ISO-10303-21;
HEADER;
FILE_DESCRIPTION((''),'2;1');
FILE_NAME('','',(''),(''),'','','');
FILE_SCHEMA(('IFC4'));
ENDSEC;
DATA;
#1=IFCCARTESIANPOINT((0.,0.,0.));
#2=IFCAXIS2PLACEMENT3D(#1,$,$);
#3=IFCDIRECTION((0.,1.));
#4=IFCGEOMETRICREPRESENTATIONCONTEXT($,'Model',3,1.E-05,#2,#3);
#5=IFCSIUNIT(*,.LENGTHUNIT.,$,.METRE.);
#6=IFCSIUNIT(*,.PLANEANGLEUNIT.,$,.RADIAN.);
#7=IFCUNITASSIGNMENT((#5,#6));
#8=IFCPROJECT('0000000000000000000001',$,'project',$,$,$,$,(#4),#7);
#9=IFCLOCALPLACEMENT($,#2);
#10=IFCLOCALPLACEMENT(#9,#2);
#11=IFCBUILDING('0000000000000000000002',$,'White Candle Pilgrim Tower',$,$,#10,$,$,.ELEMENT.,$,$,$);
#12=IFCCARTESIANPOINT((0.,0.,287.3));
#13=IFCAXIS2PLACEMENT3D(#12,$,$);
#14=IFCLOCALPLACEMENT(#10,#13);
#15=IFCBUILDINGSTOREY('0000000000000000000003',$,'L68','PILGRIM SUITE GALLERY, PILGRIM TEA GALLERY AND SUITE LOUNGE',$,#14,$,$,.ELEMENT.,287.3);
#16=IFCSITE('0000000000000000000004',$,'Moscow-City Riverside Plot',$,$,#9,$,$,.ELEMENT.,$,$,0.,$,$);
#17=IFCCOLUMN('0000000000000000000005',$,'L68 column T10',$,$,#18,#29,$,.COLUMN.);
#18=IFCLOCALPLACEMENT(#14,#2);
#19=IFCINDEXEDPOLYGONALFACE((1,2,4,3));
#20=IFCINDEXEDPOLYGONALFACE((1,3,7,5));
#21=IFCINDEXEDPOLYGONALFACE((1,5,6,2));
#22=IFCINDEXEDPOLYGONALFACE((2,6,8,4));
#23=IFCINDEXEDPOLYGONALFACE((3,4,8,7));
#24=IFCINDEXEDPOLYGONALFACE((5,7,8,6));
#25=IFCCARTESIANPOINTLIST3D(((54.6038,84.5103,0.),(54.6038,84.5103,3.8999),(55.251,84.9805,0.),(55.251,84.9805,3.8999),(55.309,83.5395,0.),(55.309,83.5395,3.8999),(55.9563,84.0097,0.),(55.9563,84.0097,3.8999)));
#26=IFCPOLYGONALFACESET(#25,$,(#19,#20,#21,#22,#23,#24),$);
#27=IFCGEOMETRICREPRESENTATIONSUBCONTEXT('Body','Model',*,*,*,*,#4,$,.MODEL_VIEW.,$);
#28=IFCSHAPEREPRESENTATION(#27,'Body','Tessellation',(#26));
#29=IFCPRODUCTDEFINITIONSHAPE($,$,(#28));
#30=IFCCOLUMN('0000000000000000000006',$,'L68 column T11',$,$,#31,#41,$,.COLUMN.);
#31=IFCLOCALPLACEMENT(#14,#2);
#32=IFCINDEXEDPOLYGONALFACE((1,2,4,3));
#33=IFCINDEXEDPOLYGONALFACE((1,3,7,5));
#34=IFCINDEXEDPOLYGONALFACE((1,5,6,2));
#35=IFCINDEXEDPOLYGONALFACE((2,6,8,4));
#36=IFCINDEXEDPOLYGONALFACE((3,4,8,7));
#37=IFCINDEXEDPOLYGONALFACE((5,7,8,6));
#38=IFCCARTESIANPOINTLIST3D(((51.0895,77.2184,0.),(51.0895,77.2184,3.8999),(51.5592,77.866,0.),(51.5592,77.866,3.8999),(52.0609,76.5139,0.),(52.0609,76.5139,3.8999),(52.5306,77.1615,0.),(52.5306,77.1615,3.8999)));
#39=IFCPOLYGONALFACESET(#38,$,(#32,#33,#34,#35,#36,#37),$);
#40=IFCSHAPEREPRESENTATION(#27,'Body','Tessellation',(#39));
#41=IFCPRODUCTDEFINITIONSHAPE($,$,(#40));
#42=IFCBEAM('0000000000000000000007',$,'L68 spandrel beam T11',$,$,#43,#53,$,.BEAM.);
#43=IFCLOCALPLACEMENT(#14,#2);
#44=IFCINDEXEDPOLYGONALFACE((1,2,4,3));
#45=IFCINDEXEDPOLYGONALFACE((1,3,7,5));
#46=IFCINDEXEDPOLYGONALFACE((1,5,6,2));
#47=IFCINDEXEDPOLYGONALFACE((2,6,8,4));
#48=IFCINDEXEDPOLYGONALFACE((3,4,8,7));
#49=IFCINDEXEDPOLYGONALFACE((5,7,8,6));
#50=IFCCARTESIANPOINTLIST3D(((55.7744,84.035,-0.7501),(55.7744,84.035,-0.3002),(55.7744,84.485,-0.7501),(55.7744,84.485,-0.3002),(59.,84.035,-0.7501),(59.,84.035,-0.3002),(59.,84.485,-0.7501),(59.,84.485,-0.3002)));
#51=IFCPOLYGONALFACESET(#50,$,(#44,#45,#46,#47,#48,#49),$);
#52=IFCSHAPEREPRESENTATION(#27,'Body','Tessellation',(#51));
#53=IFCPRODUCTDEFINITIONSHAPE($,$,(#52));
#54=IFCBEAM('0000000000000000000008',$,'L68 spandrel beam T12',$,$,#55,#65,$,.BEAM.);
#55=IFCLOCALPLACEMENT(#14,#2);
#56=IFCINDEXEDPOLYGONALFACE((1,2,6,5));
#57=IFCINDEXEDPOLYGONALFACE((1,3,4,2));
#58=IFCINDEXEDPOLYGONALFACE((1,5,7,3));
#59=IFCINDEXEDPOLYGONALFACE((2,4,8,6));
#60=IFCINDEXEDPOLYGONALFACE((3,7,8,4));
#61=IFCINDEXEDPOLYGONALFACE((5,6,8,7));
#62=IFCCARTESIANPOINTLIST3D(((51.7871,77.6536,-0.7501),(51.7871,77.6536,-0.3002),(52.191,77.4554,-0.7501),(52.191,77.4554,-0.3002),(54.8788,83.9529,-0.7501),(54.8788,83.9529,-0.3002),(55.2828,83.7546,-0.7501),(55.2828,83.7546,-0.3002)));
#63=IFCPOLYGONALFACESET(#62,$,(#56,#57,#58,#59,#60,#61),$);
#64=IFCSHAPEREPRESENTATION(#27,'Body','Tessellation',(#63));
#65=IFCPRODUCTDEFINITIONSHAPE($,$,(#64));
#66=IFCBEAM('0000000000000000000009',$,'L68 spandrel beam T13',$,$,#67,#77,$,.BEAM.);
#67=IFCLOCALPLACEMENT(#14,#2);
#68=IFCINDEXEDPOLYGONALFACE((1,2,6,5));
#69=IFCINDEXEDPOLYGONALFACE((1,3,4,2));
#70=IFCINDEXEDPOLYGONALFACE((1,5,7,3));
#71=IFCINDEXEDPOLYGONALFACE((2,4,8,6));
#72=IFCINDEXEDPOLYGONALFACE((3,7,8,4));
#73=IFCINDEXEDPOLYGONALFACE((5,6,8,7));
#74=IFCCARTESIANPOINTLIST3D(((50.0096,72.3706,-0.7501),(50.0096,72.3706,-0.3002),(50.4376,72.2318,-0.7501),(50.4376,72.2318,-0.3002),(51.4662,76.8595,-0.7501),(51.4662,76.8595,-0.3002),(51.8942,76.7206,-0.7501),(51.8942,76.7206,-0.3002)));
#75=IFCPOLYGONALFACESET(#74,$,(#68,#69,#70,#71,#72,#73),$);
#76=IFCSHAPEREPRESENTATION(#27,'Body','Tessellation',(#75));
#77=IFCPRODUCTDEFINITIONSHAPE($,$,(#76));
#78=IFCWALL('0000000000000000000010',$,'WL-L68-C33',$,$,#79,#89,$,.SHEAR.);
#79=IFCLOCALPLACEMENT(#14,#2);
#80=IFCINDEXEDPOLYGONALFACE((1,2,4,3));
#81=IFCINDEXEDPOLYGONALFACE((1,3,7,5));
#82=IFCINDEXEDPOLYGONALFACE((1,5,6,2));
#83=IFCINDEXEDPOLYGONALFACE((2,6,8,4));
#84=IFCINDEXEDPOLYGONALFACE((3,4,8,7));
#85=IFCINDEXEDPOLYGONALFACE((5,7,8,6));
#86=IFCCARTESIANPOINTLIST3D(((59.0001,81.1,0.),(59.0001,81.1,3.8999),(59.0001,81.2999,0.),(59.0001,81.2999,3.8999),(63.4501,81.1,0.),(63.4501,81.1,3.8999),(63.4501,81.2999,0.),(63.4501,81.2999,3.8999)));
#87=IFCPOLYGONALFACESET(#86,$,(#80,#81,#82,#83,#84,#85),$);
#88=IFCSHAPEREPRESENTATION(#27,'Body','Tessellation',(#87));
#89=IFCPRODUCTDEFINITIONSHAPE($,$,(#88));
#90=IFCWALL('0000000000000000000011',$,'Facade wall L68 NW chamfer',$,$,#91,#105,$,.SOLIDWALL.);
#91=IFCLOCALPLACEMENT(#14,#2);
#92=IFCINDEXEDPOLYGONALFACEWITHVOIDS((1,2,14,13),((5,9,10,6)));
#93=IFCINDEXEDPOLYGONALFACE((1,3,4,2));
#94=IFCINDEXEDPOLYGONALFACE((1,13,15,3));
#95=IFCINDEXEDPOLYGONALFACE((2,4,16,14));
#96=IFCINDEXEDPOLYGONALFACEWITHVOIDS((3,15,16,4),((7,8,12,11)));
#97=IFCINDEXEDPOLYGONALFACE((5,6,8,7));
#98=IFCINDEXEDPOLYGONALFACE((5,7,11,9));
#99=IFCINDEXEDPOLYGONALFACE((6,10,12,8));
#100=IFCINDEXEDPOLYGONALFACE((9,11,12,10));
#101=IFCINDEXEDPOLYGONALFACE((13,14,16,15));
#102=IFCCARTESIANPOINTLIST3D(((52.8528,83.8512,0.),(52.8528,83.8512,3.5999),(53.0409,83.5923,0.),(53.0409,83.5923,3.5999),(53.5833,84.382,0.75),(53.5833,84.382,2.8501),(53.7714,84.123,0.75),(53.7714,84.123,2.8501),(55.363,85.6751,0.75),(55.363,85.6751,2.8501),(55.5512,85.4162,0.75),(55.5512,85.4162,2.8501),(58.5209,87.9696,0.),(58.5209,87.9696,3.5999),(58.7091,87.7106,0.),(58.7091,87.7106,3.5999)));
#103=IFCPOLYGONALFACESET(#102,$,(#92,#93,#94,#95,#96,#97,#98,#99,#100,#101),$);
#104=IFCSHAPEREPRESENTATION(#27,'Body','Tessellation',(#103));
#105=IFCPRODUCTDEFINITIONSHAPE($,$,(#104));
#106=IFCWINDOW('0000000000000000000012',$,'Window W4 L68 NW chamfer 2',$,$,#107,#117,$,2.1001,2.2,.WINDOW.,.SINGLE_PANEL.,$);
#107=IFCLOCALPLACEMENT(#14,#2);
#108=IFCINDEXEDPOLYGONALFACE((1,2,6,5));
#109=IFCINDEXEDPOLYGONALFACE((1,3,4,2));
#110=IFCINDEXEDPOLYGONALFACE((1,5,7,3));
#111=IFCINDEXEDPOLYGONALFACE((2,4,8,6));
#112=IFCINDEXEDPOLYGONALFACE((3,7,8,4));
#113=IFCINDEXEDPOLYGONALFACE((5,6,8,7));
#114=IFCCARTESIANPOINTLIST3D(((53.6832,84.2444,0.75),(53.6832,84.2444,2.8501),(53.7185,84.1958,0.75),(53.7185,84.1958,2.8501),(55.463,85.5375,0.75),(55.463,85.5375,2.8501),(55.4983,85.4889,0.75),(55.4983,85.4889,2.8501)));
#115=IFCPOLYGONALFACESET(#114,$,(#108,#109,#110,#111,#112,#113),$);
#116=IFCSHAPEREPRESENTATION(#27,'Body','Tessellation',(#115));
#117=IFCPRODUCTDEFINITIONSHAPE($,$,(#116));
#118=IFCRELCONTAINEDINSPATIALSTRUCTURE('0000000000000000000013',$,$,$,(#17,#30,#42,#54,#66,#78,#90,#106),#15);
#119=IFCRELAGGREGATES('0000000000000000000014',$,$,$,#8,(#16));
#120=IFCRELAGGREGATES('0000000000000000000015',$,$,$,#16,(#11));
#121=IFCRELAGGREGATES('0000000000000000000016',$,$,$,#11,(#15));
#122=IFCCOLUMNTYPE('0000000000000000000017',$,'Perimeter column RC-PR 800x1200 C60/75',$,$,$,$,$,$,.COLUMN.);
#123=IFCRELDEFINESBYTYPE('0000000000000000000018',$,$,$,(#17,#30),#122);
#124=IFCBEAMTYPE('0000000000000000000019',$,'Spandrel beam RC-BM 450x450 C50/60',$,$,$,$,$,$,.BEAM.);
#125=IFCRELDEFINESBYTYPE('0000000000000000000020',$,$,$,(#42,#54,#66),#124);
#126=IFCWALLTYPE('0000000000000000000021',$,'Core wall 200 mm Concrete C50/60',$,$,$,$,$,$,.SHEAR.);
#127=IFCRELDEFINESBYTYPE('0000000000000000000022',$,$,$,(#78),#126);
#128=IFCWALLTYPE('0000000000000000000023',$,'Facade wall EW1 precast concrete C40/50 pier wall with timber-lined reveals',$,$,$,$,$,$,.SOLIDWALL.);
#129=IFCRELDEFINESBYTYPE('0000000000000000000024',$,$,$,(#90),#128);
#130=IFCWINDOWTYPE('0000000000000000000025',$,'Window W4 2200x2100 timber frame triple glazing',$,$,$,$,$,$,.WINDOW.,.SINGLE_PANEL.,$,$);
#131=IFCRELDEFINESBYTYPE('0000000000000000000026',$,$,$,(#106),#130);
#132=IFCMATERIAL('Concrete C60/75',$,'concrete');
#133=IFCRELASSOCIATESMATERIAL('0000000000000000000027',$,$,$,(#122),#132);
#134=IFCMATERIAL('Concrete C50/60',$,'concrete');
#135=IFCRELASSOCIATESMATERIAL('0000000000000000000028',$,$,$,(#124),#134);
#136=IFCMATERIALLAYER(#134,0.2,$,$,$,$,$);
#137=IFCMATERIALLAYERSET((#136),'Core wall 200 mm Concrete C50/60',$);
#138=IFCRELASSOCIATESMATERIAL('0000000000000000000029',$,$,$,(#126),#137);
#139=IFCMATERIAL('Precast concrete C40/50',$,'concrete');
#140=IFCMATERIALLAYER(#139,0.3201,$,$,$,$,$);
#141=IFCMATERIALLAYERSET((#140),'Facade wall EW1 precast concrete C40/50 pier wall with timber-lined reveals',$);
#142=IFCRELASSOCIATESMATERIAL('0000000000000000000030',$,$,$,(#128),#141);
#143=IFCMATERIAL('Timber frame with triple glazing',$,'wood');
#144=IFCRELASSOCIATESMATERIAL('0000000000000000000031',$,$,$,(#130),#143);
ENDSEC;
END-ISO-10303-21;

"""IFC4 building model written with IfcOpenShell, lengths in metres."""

from ifc_helpers import new_model, si_unit, direction, frame, frame_2d, origin, origin_2d, place, context, subcontext, project, spatial, rectangle, extrude, material, layer, layer_set, material_profile, profile_set, type_object, element, fill, save


model = new_model("IFC4")

# Units and contexts
model_context = context("Model", 3, precision=1e-05, world=origin(), true_north=direction((0.0, 1.0)))
body_context = subcontext(model_context, "Body", "Model", "MODEL_VIEW")
ifc_project = project(units=[si_unit("LENGTHUNIT", "METRE"), si_unit("PLANEANGLEUNIT", "RADIAN")], contexts=[model_context])

# Site, building, storey
site_placement = place(None, origin())
site = spatial("IfcSite", under=ifc_project, at=site_placement, Name="Moscow-City Riverside Plot", CompositionType="ELEMENT", RefElevation=0.0)
building_placement = place(site_placement, origin())
building = spatial("IfcBuilding", under=site, at=building_placement, Name="White Candle Pilgrim Tower", CompositionType="ELEMENT")
storey_placement = place(building_placement, frame((0.0, 0.0, 287.3)))
storey = spatial("IfcBuildingStorey", under=building, at=storey_placement, Name="L68", Description="PILGRIM SUITE GALLERY, PILGRIM TEA GALLERY AND SUITE LOUNGE", CompositionType="ELEMENT", Elevation=287.3)

# Columns
ifc_material_1 = material(Name="Concrete C60/75", Category="concrete")
ifc_material_profile_1 = material_profile(ifc_material_1, rectangle(XDim=0.8, YDim=1.2, at=origin_2d()), Name="RC-PR 800x1200")
ifc_profile_set_1 = profile_set([ifc_material_profile_1], Name="Concrete C60/75")
column_type = type_object("IfcColumnType", Name="Perimeter column RC-PR 800x1200 C60/75", PredefinedType="COLUMN", material=ifc_profile_set_1)
for number, where, z_axis, x_axis, name in (
    (1, (55.28, 84.26, 0.0), (0.0, 0.0, 1.0), (0.809027, 0.587771, 0.0), "L68 column T10"),
    (2, (51.8101, 77.1899, 0.0), (0.0, 0.0, 1.0), (0.587107, 0.809509, 0.0), "L68 column T11"),
):
    element("IfcColumn", number, at=place(storey_placement, frame(where, z_axis=z_axis, x_axis=x_axis)), inside=storey, type_object=column_type, Name=name, PredefinedType="COLUMN", context=body_context, shape_type="SweptSolid", body=[
        extrude(rectangle(XDim=0.8, YDim=1.2, at=origin_2d()), origin(), (0.0, 0.0, 1.0), 3.8999),
    ])

# Beams
ifc_material_2 = material(Name="Concrete C50/60", Category="concrete")
ifc_material_profile_2 = material_profile(ifc_material_2, rectangle(XDim=0.45, YDim=0.45, at=origin_2d()), Name="RC-BM 450x450")
ifc_profile_set_2 = profile_set([ifc_material_profile_2], Name="Concrete C50/60")
beam_type = type_object("IfcBeamType", Name="Spandrel beam RC-BM 450x450 C50/60", PredefinedType="BEAM", material=ifc_profile_set_2)
beam_1_placement = place(storey_placement, frame((55.7744, 84.26, -0.5251), z_axis=(1.0, 0.0, 0.0), x_axis=(0.0, 1.0, 0.0)))
element("IfcBeam", 3, at=beam_1_placement, inside=storey, type_object=beam_type, Name="L68 spandrel beam T11", PredefinedType="BEAM", context=body_context, shape_type="SweptSolid", body=[
    extrude(rectangle(XDim=0.45, YDim=0.45, at=origin_2d()), origin(), (0.0, 0.0, 1.0), 3.2256),
])
beam_2_placement = place(storey_placement, frame((55.0808, 83.8538, -0.5251), z_axis=(-0.440605, -0.897701, 0.0), x_axis=(0.897701, -0.440605, 0.0)))
element("IfcBeam", 4, at=beam_2_placement, inside=storey, type_object=beam_type, Name="L68 spandrel beam T12", PredefinedType="BEAM", context=body_context, shape_type="SweptSolid", body=[
    extrude(rectangle(XDim=0.45, YDim=0.45, at=origin_2d()), origin(), (0.0, 0.0, 1.0), 7.0171),
])
beam_3_placement = place(storey_placement, frame((51.6802, 76.79, -0.5251), z_axis=(-0.308644, -0.951178, 0.0), x_axis=(0.951178, -0.308644, 0.0)))
element("IfcBeam", 5, at=beam_3_placement, inside=storey, type_object=beam_type, Name="L68 spandrel beam T13", PredefinedType="BEAM", context=body_context, shape_type="SweptSolid", body=[
    extrude(rectangle(XDim=0.45, YDim=0.45, at=origin_2d()), origin(), (0.0, 0.0, 1.0), 4.7192),
])

# Wall
ifc_layer_1 = layer(ifc_material_2, 0.2)
ifc_layer_set_1 = layer_set([ifc_layer_1], Name="Core wall 200 mm Concrete C50/60")
wall_type_1 = type_object("IfcWallType", Name="Core wall 200 mm Concrete C50/60", PredefinedType="SHEAR", material=ifc_layer_set_1)
wall_1_placement = place(storey_placement, frame((59.0, 81.2, 0.0), z_axis=(0.0, 0.0, 1.0), x_axis=(1.0, 0.0, 0.0)))
element("IfcWall", 6, at=wall_1_placement, inside=storey, type_object=wall_type_1, Name="WL-L68-C33", PredefinedType="SHEAR", context=body_context, shape_type="SweptSolid", body=[
    extrude(rectangle(XDim=4.45, YDim=0.2, at=frame_2d((2.2251, 0.0))), origin(), (0.0, 0.0, 1.0), 3.8999),
])

# Wall, opening, window
ifc_material_3 = material(Name="Precast concrete C40/50", Category="concrete")
ifc_layer_2 = layer(ifc_material_3, 0.3201)
ifc_layer_set_2 = layer_set([ifc_layer_2], Name="Facade wall EW1 precast concrete C40/50 pier wall with timber-lined reveals")
wall_type_2 = type_object("IfcWallType", Name="Facade wall EW1 precast concrete C40/50 pier wall with timber-lined reveals", PredefinedType="SOLIDWALL", material=ifc_layer_set_2)
wall_2_placement = place(storey_placement, frame((58.615, 87.8401, 0.0), z_axis=(0.0, 0.0, 1.0), x_axis=(-0.809003, -0.587805, 0.0)))
wall_2 = element("IfcWall", 7, at=wall_2_placement, inside=storey, type_object=wall_type_2, Name="Facade wall L68 NW chamfer", PredefinedType="SOLIDWALL", context=body_context, shape_type="SweptSolid", body=[
    extrude(rectangle(XDim=7.0063, YDim=0.3201, at=frame_2d((3.5032, 0.0))), origin(), (0.0, 0.0, 1.0), 3.5999),
])
opening_1_placement = place(wall_2_placement, frame((3.9033, 0.0, 0.75)))
opening_1 = element("IfcOpeningElement", 8, at=opening_1_placement, cuts=wall_2, PredefinedType="OPENING", context=body_context, shape_type="SweptSolid", body=[
    extrude(rectangle(XDim=2.2, YDim=2.1001, at=frame_2d((1.1001, 1.05))), frame((0.0, 0.1699, 0.0), z_axis=(0.0, -1.0, 0.0), x_axis=(1.0, 0.0, 0.0)), (0.0, 0.0, 1.0), 0.3401),
])
ifc_material_4 = material(Name="Timber frame with triple glazing", Category="wood")
window_type_1 = type_object("IfcWindowType", Name="Window W4 2200x2100 timber frame triple glazing", PartitioningType="SINGLE_PANEL", PredefinedType="WINDOW", material=ifc_material_4)
window_1_placement = place(opening_1_placement, origin())
window_1 = element("IfcWindow", 9, at=window_1_placement, inside=storey, type_object=window_type_1, Name="Window W4 L68 NW chamfer 2", OverallHeight=2.1001, OverallWidth=2.2, PartitioningType="SINGLE_PANEL", PredefinedType="WINDOW", context=body_context, shape_type="SweptSolid", body=[
    extrude(rectangle(XDim=2.2, YDim=2.1001, at=frame_2d((1.1001, 1.05))), frame((0.0, 0.0701, 0.0), z_axis=(0.0, -1.0, 0.0), x_axis=(1.0, 0.0, 0.0)), (0.0, 0.0, 1.0), 0.0601),
])
fill(opening_1, window_1)

save(model, "model.ifc")
